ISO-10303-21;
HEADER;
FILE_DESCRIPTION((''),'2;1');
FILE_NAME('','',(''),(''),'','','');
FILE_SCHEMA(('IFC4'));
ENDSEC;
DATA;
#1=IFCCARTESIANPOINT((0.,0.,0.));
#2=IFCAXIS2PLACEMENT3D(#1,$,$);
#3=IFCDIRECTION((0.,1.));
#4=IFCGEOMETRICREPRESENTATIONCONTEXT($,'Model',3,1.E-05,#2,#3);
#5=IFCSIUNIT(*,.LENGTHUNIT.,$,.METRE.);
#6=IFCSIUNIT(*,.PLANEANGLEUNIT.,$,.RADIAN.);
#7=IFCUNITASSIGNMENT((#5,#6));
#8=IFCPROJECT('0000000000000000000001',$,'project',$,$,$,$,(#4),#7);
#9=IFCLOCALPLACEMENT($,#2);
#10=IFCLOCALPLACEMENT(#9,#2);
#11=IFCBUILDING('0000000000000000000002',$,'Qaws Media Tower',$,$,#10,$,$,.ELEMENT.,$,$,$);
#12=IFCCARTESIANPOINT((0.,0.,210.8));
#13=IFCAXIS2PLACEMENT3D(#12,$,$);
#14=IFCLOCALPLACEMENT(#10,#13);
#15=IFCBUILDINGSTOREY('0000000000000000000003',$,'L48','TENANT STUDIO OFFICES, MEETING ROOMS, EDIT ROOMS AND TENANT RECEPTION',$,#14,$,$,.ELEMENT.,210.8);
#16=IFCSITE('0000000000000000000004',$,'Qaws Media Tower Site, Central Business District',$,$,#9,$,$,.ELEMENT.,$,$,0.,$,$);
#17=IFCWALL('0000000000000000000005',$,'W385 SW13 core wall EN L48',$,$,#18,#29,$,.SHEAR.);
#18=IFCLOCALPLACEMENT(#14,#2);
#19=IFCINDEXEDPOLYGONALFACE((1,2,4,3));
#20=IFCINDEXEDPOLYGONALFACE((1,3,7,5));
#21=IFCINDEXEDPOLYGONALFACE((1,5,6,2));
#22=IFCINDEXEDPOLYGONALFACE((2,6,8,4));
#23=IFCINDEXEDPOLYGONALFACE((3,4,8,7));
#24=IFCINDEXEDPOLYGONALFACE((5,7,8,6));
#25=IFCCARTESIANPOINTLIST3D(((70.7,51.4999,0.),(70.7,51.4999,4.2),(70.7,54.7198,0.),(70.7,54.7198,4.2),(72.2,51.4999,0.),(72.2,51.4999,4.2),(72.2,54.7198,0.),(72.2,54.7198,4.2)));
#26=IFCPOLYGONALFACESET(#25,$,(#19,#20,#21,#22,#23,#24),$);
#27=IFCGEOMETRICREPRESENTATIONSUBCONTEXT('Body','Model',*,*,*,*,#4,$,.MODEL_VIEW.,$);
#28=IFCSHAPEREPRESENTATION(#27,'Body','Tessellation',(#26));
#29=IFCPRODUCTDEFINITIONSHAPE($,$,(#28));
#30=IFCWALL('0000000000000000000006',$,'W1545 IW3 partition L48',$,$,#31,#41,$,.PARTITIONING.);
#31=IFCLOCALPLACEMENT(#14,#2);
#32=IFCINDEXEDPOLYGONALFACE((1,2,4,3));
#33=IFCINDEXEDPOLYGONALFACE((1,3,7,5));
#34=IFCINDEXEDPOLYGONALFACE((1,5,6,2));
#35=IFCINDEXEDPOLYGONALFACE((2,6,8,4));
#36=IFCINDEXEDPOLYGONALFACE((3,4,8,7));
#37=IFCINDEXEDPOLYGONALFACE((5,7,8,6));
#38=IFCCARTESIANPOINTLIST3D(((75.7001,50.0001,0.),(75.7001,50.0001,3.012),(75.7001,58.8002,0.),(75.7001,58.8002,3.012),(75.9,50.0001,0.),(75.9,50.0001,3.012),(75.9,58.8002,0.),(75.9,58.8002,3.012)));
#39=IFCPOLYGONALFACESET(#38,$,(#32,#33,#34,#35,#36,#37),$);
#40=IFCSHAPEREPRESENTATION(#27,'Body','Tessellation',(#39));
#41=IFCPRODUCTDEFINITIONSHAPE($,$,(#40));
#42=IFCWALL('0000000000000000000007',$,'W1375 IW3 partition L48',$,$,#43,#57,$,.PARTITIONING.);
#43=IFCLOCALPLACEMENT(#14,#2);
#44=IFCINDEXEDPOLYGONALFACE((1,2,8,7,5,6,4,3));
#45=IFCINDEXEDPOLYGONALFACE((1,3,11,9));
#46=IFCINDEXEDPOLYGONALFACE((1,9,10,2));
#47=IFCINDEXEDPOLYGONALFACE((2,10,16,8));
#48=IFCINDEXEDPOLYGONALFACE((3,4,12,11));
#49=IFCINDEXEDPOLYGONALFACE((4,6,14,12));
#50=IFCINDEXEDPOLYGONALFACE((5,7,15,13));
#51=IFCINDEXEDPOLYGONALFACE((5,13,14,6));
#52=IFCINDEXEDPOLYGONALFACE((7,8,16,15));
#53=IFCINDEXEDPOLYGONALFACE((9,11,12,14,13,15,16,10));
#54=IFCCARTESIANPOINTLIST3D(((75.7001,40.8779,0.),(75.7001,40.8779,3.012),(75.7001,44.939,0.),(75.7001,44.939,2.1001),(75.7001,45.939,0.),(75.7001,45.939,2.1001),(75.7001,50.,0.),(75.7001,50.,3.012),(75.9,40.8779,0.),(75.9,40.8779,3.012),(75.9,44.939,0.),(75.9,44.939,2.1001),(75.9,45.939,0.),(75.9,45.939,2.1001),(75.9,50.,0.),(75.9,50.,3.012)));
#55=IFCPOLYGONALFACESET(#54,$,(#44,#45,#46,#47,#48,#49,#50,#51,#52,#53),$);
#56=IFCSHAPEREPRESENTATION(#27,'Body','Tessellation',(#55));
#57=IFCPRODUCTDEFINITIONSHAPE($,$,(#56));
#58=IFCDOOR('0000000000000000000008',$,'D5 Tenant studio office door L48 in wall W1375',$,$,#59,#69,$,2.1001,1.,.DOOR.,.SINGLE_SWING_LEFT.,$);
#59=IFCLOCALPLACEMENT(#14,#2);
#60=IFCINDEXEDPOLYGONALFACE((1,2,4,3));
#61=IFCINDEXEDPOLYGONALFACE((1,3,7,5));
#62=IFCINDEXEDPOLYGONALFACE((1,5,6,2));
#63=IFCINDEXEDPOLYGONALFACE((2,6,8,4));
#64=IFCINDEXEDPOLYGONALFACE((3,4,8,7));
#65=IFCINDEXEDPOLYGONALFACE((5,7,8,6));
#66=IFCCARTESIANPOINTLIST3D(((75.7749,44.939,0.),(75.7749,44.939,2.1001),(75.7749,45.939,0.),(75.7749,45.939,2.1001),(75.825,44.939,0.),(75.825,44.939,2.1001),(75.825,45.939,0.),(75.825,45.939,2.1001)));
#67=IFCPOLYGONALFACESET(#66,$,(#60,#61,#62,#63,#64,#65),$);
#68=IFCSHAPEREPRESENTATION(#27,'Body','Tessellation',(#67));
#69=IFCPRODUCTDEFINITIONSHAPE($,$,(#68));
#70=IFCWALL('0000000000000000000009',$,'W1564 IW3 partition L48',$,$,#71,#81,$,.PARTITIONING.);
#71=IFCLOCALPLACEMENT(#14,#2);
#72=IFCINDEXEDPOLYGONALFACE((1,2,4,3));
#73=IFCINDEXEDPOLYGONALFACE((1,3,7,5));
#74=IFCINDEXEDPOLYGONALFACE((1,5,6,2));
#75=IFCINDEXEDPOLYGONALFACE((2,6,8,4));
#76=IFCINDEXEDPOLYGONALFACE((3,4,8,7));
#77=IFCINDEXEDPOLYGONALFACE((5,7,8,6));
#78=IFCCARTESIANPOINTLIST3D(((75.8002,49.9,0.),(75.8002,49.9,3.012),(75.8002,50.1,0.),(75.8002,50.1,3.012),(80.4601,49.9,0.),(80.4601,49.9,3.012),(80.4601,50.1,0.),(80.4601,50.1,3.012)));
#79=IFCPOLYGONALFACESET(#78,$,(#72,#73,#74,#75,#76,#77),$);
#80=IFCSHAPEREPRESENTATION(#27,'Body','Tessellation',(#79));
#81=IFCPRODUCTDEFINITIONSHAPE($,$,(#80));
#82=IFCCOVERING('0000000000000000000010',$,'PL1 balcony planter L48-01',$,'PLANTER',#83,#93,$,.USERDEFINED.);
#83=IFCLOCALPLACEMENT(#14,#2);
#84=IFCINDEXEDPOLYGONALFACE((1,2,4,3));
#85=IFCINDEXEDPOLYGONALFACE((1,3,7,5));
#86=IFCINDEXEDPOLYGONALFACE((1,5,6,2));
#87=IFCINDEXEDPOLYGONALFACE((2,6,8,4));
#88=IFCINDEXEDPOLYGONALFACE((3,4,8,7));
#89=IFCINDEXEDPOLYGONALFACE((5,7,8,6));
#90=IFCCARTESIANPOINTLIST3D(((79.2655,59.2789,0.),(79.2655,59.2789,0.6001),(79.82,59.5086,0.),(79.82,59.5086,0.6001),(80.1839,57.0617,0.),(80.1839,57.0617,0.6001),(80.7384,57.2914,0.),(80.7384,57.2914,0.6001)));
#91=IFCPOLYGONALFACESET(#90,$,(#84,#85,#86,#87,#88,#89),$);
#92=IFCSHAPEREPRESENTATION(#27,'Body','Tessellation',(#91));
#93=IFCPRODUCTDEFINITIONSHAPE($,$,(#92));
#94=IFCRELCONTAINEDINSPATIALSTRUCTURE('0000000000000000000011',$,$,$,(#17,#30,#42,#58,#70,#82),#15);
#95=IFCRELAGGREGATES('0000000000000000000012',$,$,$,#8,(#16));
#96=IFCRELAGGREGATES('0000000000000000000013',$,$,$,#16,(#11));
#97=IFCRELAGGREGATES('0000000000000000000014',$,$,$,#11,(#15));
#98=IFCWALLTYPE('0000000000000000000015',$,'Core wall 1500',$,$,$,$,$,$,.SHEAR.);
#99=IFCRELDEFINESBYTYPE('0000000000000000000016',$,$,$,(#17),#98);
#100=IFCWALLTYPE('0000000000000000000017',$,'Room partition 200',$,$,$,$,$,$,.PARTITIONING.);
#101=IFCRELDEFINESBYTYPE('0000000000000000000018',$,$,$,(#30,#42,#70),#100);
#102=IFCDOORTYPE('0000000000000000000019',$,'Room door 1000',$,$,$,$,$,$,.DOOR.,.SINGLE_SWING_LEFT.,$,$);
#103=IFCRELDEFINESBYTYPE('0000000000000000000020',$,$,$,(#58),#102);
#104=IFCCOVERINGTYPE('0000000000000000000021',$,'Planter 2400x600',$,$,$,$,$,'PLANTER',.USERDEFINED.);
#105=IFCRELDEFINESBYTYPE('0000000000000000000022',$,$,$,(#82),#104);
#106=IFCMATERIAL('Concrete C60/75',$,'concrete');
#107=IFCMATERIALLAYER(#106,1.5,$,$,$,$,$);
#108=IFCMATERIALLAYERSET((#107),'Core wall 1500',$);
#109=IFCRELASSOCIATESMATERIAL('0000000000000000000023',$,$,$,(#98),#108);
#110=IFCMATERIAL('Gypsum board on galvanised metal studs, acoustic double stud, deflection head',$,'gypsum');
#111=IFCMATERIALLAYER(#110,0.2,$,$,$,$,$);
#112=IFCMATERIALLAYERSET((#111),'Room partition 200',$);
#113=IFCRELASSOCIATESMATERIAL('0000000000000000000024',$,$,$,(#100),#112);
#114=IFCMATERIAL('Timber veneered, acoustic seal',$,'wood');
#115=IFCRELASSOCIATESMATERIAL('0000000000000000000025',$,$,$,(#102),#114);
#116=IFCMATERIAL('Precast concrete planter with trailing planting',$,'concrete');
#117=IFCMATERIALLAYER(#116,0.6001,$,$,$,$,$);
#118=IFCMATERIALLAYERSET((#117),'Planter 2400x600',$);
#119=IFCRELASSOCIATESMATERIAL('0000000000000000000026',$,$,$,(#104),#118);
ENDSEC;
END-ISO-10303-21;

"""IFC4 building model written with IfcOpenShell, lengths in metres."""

from ifc_helpers import new_model, si_unit, direction, frame, frame_2d, origin, origin_2d, place, context, subcontext, project, spatial, rectangle, extrude, material, layer, layer_set, type_object, element, fill, save


model = new_model("IFC4")

# Units and contexts
model_context = context("Model", 3, precision=1e-05, world=origin(), true_north=direction((0.0, 1.0)))
body_context = subcontext(model_context, "Body", "Model", "MODEL_VIEW")
ifc_project = project(units=[si_unit("LENGTHUNIT", "METRE"), si_unit("PLANEANGLEUNIT", "RADIAN")], contexts=[model_context])

# Site, building, storey
site_placement = place(None, origin())
site = spatial("IfcSite", under=ifc_project, at=site_placement, Name="Qaws Media Tower Site, Central Business District", CompositionType="ELEMENT", RefElevation=0.0)
building_placement = place(site_placement, origin())
building = spatial("IfcBuilding", under=site, at=building_placement, Name="Qaws Media Tower", CompositionType="ELEMENT")
storey_placement = place(building_placement, frame((0.0, 0.0, 210.8)))
storey = spatial("IfcBuildingStorey", under=building, at=storey_placement, Name="L48", Description="TENANT STUDIO OFFICES, MEETING ROOMS, EDIT ROOMS AND TENANT RECEPTION", CompositionType="ELEMENT", Elevation=210.8)

# Walls
ifc_material_1 = material(Name="Concrete C60/75", Category="concrete")
ifc_layer_1 = layer(ifc_material_1, 1.5)
ifc_layer_set_1 = layer_set([ifc_layer_1], Name="Core wall 1500")
wall_type_1 = type_object("IfcWallType", Name="Core wall 1500", PredefinedType="SHEAR", material=ifc_layer_set_1)
wall_1_placement = place(storey_placement, frame((71.45, 51.5, 0.0), z_axis=(0.0, 0.0, 1.0), x_axis=(0.0, 1.0, 0.0)))
element("IfcWall", 1, at=wall_1_placement, inside=storey, type_object=wall_type_1, Name="W385 SW13 core wall EN L48", PredefinedType="SHEAR", context=body_context, shape_type="SweptSolid", body=[
    extrude(rectangle(XDim=3.22, YDim=1.5, at=frame_2d((1.6099, 0.0))), origin(), (0.0, 0.0, 1.0), 4.2),
])
ifc_material_2 = material(Name="Gypsum board on galvanised metal studs, acoustic double stud, deflection head", Category="gypsum")
ifc_layer_2 = layer(ifc_material_2, 0.2)
ifc_layer_set_2 = layer_set([ifc_layer_2], Name="Room partition 200")
wall_type_2 = type_object("IfcWallType", Name="Room partition 200", PredefinedType="PARTITIONING", material=ifc_layer_set_2)
wall_2_placement = place(storey_placement, frame((75.8, 58.8, 0.0), z_axis=(0.0, 0.0, 1.0), x_axis=(0.0, -1.0, 0.0)))
element("IfcWall", 2, at=wall_2_placement, inside=storey, type_object=wall_type_2, Name="W1545 IW3 partition L48", PredefinedType="PARTITIONING", context=body_context, shape_type="SweptSolid", body=[
    extrude(rectangle(XDim=8.8, YDim=0.2, at=frame_2d((4.3999, 0.0))), origin(), (0.0, 0.0, 1.0), 3.012),
])

# Wall, opening, door
wall_3_placement = place(storey_placement, frame((75.8, 50.0, 0.0), z_axis=(0.0, 0.0, 1.0), x_axis=(0.0, -1.0, 0.0)))
wall_3 = element("IfcWall", 3, at=wall_3_placement, inside=storey, type_object=wall_type_2, Name="W1375 IW3 partition L48", PredefinedType="PARTITIONING", context=body_context, shape_type="SweptSolid", body=[
    extrude(rectangle(XDim=9.1221, YDim=0.2, at=frame_2d((4.561, 0.0))), origin(), (0.0, 0.0, 1.0), 3.012),
])
opening_1_placement = place(wall_3_placement, frame((4.061, 0.0, 0.0)))
opening_1 = element("IfcOpeningElement", 4, at=opening_1_placement, cuts=wall_3, PredefinedType="OPENING", context=body_context, shape_type="SweptSolid", body=[
    extrude(rectangle(XDim=1.0, YDim=2.1001, at=frame_2d((0.5, 1.05))), frame((0.0, 0.1099, 0.0), z_axis=(0.0, -1.0, 0.0), x_axis=(1.0, 0.0, 0.0)), (0.0, 0.0, 1.0), 0.22),
])
ifc_material_3 = material(Name="Timber veneered, acoustic seal", Category="wood")
door_type_1 = type_object("IfcDoorType", Name="Room door 1000", OperationType="SINGLE_SWING_LEFT", PredefinedType="DOOR", material=ifc_material_3)
door_1_placement = place(opening_1_placement, origin())
door_1 = element("IfcDoor", 5, at=door_1_placement, inside=storey, type_object=door_type_1, Name="D5 Tenant studio office door L48 in wall W1375", OperationType="SINGLE_SWING_LEFT", OverallHeight=2.1001, OverallWidth=1.0, PredefinedType="DOOR", context=body_context, shape_type="SweptSolid", body=[
    extrude(rectangle(XDim=1.0, YDim=2.1001, at=frame_2d((0.5, 1.05))), frame((0.0, 0.0249, 0.0), z_axis=(0.0, -1.0, 0.0), x_axis=(1.0, 0.0, 0.0)), (0.0, 0.0, 1.0), 0.05),
])
fill(opening_1, door_1)

# Wall
wall_4_placement = place(storey_placement, frame((75.8, 50.0, 0.0), z_axis=(0.0, 0.0, 1.0), x_axis=(1.0, 0.0, 0.0)))
element("IfcWall", 6, at=wall_4_placement, inside=storey, type_object=wall_type_2, Name="W1564 IW3 partition L48", PredefinedType="PARTITIONING", context=body_context, shape_type="SweptSolid", body=[
    extrude(rectangle(XDim=4.6599, YDim=0.2, at=frame_2d((2.3301, 0.0))), origin(), (0.0, 0.0, 1.0), 3.012),
])

# Covering
ifc_material_4 = material(Name="Precast concrete planter with trailing planting", Category="concrete")
ifc_layer_3 = layer(ifc_material_4, 0.6001)
ifc_layer_set_3 = layer_set([ifc_layer_3], Name="Planter 2400x600")
covering_type = type_object("IfcCoveringType", Name="Planter 2400x600", ElementType="PLANTER", PredefinedType="USERDEFINED", material=ifc_layer_set_3)
covering_placement = place(storey_placement, frame((80.002, 58.2852, 0.0), z_axis=(0.0, 0.0, 1.0), x_axis=(-0.382683, 0.92388, 0.0)))
element("IfcCovering", 7, at=covering_placement, inside=storey, type_object=covering_type, Name="PL1 balcony planter L48-01", ObjectType="PLANTER", PredefinedType="USERDEFINED", context=body_context, shape_type="SweptSolid", body=[
    extrude(rectangle(XDim=2.3999, YDim=0.6001, at=origin_2d()), origin(), (0.0, 0.0, 1.0), 0.6001),
])

save(model, "model.ifc")
